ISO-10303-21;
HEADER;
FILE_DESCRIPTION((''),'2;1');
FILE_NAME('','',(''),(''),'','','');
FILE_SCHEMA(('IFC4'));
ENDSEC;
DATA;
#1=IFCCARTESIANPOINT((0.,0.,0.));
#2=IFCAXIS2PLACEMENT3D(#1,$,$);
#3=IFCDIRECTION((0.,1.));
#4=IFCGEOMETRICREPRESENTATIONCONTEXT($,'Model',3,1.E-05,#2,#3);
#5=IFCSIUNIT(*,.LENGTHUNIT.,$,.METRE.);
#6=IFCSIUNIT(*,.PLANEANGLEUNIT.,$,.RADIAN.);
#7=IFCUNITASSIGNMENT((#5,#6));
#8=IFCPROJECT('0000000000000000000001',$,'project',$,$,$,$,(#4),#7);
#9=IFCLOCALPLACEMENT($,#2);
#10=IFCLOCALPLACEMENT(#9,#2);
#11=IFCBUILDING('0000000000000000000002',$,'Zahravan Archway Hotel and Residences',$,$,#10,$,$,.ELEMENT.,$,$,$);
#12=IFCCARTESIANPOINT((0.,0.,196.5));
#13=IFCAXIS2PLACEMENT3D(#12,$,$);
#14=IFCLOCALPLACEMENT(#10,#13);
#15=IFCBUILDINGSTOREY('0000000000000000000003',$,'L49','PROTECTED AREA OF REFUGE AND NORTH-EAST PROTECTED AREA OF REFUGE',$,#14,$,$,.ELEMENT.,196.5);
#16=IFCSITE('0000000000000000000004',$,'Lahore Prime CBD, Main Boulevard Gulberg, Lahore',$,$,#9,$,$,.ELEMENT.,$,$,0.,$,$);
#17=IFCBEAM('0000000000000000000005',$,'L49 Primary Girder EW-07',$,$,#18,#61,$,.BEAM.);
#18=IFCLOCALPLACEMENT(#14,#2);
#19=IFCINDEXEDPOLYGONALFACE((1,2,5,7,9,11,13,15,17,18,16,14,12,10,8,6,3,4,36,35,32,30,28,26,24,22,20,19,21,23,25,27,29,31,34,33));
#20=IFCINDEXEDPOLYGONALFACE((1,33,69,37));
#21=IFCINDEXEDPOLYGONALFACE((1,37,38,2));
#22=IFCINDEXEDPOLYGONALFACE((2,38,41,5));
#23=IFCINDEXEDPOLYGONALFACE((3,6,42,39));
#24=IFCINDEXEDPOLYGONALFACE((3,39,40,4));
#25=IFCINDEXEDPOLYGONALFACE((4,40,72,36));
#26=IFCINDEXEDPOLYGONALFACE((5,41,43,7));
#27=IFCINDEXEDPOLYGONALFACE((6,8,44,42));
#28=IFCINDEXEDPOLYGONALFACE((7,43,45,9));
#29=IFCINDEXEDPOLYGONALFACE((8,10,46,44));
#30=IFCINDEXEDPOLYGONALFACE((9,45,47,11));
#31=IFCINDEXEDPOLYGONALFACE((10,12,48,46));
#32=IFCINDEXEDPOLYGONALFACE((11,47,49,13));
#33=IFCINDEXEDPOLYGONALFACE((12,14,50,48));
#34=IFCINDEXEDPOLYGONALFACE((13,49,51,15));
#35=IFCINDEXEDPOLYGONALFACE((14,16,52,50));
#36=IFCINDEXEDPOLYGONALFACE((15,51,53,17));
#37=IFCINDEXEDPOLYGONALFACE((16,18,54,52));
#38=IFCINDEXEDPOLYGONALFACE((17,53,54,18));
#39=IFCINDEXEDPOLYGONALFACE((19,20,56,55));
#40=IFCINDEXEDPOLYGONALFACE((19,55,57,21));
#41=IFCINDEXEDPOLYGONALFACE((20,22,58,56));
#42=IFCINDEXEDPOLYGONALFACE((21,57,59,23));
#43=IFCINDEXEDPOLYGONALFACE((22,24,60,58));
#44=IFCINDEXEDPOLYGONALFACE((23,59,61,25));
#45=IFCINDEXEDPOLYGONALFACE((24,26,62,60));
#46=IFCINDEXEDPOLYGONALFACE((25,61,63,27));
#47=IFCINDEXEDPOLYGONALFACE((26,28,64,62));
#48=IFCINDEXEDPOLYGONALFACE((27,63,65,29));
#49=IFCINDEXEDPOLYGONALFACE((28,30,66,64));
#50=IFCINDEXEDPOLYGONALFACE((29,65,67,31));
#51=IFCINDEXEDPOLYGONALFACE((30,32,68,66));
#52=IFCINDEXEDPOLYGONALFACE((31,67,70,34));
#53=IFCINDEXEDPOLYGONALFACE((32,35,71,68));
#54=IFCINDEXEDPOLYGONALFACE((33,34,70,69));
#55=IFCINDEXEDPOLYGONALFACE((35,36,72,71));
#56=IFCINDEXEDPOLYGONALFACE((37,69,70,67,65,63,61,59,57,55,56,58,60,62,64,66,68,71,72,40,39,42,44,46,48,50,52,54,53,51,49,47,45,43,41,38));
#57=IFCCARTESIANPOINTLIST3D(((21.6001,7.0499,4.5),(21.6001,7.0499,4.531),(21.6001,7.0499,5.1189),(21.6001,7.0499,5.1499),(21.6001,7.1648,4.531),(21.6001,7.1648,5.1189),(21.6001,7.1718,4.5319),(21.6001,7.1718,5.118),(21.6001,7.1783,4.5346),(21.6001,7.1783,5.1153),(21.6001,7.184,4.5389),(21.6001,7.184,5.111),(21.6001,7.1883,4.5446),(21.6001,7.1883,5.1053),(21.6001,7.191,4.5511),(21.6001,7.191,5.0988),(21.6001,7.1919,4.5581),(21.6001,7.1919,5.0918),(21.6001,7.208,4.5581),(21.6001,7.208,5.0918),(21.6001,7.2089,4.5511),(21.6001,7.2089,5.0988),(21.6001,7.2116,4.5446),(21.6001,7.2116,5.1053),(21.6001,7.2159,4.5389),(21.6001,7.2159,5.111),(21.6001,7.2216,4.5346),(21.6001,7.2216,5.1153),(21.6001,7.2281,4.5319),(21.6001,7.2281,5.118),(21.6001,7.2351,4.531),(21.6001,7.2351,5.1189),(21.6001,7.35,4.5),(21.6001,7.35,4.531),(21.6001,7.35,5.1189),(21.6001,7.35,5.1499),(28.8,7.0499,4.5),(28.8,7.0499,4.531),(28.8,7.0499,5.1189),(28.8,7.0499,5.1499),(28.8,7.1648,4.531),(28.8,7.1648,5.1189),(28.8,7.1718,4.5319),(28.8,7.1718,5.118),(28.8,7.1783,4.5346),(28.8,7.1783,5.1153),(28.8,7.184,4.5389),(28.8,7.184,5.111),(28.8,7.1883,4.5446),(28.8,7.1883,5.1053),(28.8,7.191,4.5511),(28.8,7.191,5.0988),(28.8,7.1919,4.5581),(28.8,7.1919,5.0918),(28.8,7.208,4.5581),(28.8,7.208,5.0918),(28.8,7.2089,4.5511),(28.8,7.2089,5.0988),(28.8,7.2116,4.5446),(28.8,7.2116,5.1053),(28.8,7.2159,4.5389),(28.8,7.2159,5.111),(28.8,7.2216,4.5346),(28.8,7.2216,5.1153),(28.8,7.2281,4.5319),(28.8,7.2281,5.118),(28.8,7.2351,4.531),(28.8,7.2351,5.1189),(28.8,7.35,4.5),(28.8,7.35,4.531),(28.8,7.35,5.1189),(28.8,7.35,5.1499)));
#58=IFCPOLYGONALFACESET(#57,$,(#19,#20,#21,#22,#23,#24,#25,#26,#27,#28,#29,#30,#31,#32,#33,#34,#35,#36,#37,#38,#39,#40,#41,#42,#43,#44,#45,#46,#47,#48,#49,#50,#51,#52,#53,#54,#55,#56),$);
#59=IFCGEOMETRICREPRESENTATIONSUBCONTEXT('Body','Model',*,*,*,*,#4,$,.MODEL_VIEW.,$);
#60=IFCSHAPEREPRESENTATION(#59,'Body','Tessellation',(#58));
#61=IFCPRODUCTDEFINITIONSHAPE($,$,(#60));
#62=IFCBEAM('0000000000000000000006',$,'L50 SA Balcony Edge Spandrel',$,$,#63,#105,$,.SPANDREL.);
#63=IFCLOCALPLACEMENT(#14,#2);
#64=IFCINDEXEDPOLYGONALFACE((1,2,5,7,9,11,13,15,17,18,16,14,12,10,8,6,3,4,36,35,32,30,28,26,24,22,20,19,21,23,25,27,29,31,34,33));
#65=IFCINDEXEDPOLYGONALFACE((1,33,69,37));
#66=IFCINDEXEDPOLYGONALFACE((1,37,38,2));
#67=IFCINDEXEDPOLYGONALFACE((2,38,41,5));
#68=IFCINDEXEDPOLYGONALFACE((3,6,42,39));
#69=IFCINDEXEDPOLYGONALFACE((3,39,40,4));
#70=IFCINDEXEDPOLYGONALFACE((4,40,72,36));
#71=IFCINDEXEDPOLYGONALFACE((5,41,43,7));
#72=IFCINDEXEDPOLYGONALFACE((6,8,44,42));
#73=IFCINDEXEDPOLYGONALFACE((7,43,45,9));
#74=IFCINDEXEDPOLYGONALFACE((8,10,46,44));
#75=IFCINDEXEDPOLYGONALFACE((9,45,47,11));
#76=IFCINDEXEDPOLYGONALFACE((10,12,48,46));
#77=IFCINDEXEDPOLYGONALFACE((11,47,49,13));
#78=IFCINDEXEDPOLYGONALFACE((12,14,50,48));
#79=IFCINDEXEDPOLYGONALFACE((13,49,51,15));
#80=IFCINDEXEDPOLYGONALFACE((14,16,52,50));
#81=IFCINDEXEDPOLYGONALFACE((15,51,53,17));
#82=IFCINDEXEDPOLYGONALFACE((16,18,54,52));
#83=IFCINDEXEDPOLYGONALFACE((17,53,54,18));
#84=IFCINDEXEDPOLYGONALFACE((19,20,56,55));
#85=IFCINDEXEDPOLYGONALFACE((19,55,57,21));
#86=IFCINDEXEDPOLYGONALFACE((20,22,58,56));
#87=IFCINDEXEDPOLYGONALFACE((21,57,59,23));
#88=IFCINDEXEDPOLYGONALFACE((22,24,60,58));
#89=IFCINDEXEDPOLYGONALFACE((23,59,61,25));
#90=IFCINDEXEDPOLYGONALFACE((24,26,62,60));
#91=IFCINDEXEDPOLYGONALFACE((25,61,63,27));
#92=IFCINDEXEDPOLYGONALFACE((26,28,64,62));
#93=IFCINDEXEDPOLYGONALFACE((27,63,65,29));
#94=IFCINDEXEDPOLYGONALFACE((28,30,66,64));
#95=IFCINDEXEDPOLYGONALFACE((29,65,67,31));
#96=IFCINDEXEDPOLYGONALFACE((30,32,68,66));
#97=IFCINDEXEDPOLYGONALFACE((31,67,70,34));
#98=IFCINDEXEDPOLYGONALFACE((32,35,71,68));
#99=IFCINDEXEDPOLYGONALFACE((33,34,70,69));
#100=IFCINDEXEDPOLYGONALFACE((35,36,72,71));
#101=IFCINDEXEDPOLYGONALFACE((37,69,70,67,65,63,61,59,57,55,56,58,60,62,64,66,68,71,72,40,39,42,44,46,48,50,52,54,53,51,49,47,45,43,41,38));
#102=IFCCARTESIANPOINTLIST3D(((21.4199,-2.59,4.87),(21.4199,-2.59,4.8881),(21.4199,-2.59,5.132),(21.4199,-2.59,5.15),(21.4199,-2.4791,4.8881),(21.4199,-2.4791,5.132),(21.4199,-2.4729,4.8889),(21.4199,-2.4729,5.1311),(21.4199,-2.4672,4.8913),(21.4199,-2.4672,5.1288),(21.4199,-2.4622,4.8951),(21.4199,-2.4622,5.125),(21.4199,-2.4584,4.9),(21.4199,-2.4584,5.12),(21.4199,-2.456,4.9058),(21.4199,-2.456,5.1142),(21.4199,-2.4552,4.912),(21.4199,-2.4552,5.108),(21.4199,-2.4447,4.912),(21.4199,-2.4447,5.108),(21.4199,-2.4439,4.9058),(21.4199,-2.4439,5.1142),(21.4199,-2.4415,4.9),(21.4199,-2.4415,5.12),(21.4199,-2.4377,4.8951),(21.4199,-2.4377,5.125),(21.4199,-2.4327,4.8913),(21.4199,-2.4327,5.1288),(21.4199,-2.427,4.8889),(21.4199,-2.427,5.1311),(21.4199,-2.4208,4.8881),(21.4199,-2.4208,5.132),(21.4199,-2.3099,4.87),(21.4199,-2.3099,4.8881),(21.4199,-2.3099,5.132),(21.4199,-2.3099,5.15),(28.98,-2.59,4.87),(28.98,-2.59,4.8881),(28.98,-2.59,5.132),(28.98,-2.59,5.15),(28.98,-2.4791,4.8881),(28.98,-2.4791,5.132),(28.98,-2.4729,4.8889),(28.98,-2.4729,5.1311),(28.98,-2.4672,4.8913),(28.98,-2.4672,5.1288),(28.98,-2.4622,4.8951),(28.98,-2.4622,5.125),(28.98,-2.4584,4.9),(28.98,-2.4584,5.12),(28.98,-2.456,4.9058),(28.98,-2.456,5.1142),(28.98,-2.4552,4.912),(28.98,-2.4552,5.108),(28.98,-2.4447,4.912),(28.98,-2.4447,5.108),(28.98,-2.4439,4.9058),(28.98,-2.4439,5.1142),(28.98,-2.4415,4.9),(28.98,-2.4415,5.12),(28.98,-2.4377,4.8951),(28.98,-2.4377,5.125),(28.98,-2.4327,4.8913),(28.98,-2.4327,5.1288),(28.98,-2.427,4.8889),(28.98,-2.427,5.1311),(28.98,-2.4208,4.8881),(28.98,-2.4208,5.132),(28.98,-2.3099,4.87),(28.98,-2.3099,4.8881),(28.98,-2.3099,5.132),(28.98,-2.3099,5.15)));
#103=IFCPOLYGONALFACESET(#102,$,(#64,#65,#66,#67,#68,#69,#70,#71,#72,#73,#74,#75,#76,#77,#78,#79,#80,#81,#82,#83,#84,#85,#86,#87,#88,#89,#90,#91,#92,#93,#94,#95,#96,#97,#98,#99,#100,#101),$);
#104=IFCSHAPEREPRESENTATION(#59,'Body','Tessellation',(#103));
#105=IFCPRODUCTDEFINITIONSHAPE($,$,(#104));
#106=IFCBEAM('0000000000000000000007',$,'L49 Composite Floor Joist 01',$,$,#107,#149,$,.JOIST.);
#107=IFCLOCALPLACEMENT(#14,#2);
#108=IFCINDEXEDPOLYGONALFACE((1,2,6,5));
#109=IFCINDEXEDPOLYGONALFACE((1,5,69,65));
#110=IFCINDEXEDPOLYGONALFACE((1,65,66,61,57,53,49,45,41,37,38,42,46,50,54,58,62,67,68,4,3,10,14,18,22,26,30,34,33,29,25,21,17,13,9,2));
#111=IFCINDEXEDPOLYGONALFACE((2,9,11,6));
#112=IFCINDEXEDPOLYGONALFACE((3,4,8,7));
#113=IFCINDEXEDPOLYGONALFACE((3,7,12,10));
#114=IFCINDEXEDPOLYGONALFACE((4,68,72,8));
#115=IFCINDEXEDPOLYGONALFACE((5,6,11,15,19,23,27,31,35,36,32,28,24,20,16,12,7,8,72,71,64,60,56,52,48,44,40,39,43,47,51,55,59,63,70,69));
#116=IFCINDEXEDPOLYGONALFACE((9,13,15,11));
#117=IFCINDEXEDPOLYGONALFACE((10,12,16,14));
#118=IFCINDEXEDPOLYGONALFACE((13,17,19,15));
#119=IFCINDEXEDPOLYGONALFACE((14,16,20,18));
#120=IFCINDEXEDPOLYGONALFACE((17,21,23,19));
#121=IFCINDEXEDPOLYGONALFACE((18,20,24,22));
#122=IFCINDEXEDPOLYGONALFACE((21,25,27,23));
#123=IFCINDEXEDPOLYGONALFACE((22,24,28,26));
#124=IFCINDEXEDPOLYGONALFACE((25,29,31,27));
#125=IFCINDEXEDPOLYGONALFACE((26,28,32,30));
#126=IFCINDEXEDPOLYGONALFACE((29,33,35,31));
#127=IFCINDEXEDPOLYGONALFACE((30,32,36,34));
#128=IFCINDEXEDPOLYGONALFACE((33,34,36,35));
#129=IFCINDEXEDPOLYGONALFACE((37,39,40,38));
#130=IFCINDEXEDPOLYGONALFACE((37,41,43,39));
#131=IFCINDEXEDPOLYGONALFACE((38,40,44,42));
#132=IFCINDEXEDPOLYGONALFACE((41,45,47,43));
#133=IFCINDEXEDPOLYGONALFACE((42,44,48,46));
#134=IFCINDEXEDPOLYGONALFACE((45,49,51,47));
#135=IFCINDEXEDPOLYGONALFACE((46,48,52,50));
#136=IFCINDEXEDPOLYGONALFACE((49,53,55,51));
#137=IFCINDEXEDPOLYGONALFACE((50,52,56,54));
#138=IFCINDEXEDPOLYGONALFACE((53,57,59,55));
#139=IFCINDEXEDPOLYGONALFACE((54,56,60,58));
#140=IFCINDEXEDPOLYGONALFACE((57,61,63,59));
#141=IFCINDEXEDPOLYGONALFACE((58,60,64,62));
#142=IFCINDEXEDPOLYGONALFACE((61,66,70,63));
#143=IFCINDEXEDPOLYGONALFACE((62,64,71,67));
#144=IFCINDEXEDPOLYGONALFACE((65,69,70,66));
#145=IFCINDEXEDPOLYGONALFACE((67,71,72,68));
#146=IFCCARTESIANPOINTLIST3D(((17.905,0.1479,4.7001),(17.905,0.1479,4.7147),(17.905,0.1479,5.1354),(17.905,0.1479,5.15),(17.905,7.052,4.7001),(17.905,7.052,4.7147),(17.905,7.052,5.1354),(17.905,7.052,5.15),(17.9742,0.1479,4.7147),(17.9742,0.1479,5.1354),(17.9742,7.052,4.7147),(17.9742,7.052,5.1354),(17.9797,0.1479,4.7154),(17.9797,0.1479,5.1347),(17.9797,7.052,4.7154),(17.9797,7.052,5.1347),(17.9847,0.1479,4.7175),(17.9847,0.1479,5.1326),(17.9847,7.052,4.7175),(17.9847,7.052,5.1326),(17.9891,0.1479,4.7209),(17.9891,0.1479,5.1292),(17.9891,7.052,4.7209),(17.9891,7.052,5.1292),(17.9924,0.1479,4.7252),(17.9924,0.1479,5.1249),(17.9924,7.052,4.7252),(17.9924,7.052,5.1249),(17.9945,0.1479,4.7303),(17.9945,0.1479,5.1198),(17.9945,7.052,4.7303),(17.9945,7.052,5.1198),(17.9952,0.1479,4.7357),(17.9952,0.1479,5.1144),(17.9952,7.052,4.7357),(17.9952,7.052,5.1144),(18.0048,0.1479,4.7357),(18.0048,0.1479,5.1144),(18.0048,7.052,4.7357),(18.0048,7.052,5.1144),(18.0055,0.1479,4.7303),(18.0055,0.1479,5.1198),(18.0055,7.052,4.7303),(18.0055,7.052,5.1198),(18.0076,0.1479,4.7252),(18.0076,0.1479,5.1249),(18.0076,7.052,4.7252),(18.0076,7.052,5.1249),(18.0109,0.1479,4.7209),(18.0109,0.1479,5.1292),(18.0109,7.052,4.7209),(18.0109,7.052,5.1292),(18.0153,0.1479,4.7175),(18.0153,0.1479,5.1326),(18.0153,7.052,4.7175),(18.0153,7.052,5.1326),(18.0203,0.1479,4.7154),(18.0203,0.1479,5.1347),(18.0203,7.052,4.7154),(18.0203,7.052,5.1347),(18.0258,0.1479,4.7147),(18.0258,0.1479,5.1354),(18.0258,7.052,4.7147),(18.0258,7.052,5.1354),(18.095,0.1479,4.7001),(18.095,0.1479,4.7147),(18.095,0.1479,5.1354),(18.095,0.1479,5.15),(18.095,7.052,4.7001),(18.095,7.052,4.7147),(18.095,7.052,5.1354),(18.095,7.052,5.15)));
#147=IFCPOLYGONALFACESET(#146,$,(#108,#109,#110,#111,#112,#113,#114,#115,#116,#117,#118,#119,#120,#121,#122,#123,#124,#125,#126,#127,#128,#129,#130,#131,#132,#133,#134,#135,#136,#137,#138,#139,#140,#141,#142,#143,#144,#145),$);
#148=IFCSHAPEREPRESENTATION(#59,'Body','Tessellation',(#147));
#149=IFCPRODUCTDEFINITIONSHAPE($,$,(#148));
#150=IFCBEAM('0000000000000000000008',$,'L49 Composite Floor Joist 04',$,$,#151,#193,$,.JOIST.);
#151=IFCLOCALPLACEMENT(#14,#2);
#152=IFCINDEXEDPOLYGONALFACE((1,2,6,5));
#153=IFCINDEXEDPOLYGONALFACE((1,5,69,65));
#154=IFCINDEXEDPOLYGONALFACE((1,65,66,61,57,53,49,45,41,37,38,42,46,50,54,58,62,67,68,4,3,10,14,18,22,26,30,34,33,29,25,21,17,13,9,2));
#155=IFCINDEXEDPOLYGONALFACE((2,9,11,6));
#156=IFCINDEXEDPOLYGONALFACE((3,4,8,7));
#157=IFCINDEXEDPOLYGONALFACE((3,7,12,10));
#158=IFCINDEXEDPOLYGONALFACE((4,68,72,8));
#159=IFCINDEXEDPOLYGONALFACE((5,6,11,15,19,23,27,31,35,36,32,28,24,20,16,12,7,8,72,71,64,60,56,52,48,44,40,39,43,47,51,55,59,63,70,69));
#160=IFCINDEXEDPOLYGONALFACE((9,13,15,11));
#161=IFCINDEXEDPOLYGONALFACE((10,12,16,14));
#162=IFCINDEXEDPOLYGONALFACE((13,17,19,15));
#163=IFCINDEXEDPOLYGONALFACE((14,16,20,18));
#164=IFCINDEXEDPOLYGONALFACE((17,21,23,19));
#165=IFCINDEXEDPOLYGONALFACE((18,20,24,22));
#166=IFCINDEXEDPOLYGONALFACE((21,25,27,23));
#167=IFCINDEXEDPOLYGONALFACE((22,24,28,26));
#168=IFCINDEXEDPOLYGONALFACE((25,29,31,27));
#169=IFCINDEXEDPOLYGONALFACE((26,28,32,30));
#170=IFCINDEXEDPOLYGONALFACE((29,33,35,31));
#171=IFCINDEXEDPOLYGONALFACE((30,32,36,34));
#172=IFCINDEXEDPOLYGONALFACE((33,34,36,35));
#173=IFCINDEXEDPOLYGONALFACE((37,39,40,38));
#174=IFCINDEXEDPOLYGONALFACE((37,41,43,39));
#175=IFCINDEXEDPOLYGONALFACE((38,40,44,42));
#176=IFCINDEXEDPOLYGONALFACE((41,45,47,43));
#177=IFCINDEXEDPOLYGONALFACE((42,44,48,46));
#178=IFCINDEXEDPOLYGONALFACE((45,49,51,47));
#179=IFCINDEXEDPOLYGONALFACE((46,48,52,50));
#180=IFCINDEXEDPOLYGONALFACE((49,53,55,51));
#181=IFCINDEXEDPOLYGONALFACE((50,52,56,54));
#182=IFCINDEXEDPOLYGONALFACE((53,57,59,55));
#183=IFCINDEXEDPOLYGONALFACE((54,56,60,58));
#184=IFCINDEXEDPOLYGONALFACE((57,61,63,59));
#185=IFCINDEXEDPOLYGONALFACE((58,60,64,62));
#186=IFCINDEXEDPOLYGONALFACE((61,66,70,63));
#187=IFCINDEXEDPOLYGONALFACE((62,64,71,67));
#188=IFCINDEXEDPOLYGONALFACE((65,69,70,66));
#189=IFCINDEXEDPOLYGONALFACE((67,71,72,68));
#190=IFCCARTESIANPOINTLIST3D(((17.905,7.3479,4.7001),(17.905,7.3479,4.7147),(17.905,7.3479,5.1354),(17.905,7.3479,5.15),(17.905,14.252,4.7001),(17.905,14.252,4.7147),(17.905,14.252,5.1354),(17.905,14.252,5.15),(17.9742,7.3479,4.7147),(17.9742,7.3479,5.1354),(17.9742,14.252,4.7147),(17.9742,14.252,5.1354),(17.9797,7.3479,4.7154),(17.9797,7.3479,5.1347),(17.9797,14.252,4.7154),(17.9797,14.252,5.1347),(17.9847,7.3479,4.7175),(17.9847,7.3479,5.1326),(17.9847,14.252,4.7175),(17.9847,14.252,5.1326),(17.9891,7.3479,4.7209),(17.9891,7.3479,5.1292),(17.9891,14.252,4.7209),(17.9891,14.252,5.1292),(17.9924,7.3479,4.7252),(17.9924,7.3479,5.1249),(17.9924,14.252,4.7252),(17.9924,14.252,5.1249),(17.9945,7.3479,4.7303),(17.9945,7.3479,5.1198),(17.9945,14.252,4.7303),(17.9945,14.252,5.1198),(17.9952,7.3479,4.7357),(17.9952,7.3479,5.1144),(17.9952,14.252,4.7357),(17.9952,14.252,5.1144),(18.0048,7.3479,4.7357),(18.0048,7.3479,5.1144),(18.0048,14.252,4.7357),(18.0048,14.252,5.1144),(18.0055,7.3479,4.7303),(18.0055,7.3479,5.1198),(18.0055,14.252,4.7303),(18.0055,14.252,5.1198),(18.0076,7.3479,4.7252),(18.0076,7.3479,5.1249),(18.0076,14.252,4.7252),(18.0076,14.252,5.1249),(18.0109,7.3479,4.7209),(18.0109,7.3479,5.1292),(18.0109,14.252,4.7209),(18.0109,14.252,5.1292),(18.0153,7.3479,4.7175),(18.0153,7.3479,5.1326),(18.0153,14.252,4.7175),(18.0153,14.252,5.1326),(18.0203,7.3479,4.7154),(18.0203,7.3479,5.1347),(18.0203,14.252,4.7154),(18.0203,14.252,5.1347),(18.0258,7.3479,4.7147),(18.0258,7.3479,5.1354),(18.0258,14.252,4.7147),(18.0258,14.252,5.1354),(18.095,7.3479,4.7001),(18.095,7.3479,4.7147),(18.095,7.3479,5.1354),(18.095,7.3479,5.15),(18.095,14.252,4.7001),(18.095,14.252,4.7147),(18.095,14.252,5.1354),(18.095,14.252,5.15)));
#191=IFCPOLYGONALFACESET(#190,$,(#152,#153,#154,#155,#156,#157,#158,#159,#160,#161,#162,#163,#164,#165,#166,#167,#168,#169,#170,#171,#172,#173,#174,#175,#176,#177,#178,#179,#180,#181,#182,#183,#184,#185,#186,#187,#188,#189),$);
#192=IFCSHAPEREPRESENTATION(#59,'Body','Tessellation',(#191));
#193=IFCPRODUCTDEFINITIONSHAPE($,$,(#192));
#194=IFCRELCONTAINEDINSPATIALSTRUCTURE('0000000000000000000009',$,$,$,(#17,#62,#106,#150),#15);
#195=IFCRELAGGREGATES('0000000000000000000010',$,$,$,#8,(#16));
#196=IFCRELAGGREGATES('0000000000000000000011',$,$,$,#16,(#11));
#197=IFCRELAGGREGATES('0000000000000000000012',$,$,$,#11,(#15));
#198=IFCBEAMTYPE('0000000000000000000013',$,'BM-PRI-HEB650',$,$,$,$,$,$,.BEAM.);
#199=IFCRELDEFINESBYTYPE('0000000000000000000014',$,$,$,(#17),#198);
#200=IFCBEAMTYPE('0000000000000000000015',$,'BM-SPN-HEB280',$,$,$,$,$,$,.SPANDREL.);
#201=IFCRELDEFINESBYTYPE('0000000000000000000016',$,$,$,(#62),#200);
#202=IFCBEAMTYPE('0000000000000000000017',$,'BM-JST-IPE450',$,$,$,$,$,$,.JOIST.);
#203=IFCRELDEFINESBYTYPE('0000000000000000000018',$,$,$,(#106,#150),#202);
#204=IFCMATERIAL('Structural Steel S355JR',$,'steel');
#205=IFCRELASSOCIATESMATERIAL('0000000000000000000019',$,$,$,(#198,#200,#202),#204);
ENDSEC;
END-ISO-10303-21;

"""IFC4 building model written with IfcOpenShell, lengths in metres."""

from ifc_helpers import new_model, si_unit, direction, frame, origin, origin_2d, place, context, subcontext, project, spatial, i_section, extrude, source, transform, mapped, material, material_profile, profile_set, type_object, type_shapes, element, save


model = new_model("IFC4")

# Units and contexts
model_context = context("Model", 3, precision=1e-05, world=origin(), true_north=direction((0.0, 1.0)))
body_context = subcontext(model_context, "Body", "Model", "MODEL_VIEW")
ifc_project = project(units=[si_unit("LENGTHUNIT", "METRE"), si_unit("PLANEANGLEUNIT", "RADIAN")], contexts=[model_context])

# Site, building, storey
site_placement = place(None, origin())
site = spatial("IfcSite", under=ifc_project, at=site_placement, Name="Lahore Prime CBD, Main Boulevard Gulberg, Lahore", CompositionType="ELEMENT", RefElevation=0.0)
building_placement = place(site_placement, origin())
building = spatial("IfcBuilding", under=site, at=building_placement, Name="Zahravan Archway Hotel and Residences", CompositionType="ELEMENT")
storey_placement = place(building_placement, frame((0.0, 0.0, 196.5)))
storey = spatial("IfcBuildingStorey", under=building, at=storey_placement, Name="L49", Description="PROTECTED AREA OF REFUGE AND NORTH-EAST PROTECTED AREA OF REFUGE", CompositionType="ELEMENT", Elevation=196.5)

# Beams
ifc_material_1 = material(Name="Structural Steel S355JR", Category="steel")
ifc_material_profile_1 = material_profile(ifc_material_1, i_section(OverallWidth=0.3, OverallDepth=0.6499, WebThickness=0.0161, FlangeThickness=0.031, FilletRadius=0.0271, at=origin_2d()), Name="HEB 650", Category="steel")
ifc_profile_set_1 = profile_set([ifc_material_profile_1], Name="Structural Steel S355JR")
beam_type_1 = type_object("IfcBeamType", Name="BM-PRI-HEB650", PredefinedType="BEAM", material=ifc_profile_set_1)
shared_shape_1 = source(origin(), body_context, "Body", "SweptSolid", [
    extrude(i_section(OverallWidth=0.3, OverallDepth=0.6499, WebThickness=0.0161, FlangeThickness=0.031, FilletRadius=0.0271, at=origin_2d()), origin(), (0.0, 0.0, 1.0), 7.2),
])
for number, where, z_axis, x_axis, name in (
    (1, (21.6001, 7.2, 4.825), (1.0, 0.0, 0.0), (0.0, 1.0, 0.0), "L49 Primary Girder EW-07"),
):
    element("IfcBeam", number, at=place(storey_placement, frame(where, z_axis=z_axis, x_axis=x_axis)), inside=storey, type_object=beam_type_1, Name=name, PredefinedType="BEAM", context=body_context, shape_type="MappedRepresentation", body=[
        mapped(shared_shape_1, transform((0.0, 0.0, 0.0), scale=1.0)),
    ])
ifc_material_profile_2 = material_profile(ifc_material_1, i_section(OverallWidth=0.28, OverallDepth=0.28, WebThickness=0.0105, FlangeThickness=0.0181, FilletRadius=0.0239, at=origin_2d()), Name="HEB 280", Category="steel")
ifc_profile_set_2 = profile_set([ifc_material_profile_2], Name="Structural Steel S355JR")
beam_type_2 = type_object("IfcBeamType", Name="BM-SPN-HEB280", PredefinedType="SPANDREL", material=ifc_profile_set_2)
shared_shape_2 = source(origin(), body_context, "Body", "SweptSolid", [
    extrude(i_section(OverallWidth=0.28, OverallDepth=0.28, WebThickness=0.0105, FlangeThickness=0.0181, FilletRadius=0.0239, at=origin_2d()), origin(), (0.0, 0.0, 1.0), 7.5601),
])
type_shapes(beam_type_2, [shared_shape_2])
beam_placement = place(storey_placement, frame((21.4199, -2.45, 5.01), z_axis=(1.0, 0.0, 0.0), x_axis=(0.0, 1.0, 0.0)))
element("IfcBeam", 2, at=beam_placement, inside=storey, type_object=beam_type_2, Name="L50 SA Balcony Edge Spandrel", PredefinedType="SPANDREL", context=body_context, shape_type="MappedRepresentation", body=[
    mapped(shared_shape_2, transform((0.0, 0.0, 0.0), scale=1.0)),
])
ifc_material_profile_3 = material_profile(ifc_material_1, i_section(OverallWidth=0.1899, OverallDepth=0.45, WebThickness=0.0095, FlangeThickness=0.0146, FilletRadius=0.021, at=origin_2d()), Name="IPE 450", Category="steel")
ifc_profile_set_3 = profile_set([ifc_material_profile_3], Name="Structural Steel S355JR")
beam_type_3 = type_object("IfcBeamType", Name="BM-JST-IPE450", PredefinedType="JOIST", material=ifc_profile_set_3)
shared_shape_3 = source(origin(), body_context, "Body", "SweptSolid", [
    extrude(i_section(OverallWidth=0.1899, OverallDepth=0.45, WebThickness=0.0095, FlangeThickness=0.0146, FilletRadius=0.021, at=origin_2d()), origin(), (0.0, 0.0, 1.0), 6.9041),
])
type_shapes(beam_type_3, [shared_shape_3])
for number, where, z_axis, x_axis, name in (
    (3, (18.0, 0.1479, 4.925), (0.0, 1.0, 0.0), (-1.0, 0.0, 0.0), "L49 Composite Floor Joist 01"),
    (4, (18.0, 7.3479, 4.925), (0.0, 1.0, 0.0), (-1.0, 0.0, 0.0), "L49 Composite Floor Joist 04"),
):
    element("IfcBeam", number, at=place(storey_placement, frame(where, z_axis=z_axis, x_axis=x_axis)), inside=storey, type_object=beam_type_3, Name=name, PredefinedType="JOIST", context=body_context, shape_type="MappedRepresentation", body=[
        mapped(shared_shape_3, transform((0.0, 0.0, 0.0), scale=1.0)),
    ])

save(model, "model.ifc")
